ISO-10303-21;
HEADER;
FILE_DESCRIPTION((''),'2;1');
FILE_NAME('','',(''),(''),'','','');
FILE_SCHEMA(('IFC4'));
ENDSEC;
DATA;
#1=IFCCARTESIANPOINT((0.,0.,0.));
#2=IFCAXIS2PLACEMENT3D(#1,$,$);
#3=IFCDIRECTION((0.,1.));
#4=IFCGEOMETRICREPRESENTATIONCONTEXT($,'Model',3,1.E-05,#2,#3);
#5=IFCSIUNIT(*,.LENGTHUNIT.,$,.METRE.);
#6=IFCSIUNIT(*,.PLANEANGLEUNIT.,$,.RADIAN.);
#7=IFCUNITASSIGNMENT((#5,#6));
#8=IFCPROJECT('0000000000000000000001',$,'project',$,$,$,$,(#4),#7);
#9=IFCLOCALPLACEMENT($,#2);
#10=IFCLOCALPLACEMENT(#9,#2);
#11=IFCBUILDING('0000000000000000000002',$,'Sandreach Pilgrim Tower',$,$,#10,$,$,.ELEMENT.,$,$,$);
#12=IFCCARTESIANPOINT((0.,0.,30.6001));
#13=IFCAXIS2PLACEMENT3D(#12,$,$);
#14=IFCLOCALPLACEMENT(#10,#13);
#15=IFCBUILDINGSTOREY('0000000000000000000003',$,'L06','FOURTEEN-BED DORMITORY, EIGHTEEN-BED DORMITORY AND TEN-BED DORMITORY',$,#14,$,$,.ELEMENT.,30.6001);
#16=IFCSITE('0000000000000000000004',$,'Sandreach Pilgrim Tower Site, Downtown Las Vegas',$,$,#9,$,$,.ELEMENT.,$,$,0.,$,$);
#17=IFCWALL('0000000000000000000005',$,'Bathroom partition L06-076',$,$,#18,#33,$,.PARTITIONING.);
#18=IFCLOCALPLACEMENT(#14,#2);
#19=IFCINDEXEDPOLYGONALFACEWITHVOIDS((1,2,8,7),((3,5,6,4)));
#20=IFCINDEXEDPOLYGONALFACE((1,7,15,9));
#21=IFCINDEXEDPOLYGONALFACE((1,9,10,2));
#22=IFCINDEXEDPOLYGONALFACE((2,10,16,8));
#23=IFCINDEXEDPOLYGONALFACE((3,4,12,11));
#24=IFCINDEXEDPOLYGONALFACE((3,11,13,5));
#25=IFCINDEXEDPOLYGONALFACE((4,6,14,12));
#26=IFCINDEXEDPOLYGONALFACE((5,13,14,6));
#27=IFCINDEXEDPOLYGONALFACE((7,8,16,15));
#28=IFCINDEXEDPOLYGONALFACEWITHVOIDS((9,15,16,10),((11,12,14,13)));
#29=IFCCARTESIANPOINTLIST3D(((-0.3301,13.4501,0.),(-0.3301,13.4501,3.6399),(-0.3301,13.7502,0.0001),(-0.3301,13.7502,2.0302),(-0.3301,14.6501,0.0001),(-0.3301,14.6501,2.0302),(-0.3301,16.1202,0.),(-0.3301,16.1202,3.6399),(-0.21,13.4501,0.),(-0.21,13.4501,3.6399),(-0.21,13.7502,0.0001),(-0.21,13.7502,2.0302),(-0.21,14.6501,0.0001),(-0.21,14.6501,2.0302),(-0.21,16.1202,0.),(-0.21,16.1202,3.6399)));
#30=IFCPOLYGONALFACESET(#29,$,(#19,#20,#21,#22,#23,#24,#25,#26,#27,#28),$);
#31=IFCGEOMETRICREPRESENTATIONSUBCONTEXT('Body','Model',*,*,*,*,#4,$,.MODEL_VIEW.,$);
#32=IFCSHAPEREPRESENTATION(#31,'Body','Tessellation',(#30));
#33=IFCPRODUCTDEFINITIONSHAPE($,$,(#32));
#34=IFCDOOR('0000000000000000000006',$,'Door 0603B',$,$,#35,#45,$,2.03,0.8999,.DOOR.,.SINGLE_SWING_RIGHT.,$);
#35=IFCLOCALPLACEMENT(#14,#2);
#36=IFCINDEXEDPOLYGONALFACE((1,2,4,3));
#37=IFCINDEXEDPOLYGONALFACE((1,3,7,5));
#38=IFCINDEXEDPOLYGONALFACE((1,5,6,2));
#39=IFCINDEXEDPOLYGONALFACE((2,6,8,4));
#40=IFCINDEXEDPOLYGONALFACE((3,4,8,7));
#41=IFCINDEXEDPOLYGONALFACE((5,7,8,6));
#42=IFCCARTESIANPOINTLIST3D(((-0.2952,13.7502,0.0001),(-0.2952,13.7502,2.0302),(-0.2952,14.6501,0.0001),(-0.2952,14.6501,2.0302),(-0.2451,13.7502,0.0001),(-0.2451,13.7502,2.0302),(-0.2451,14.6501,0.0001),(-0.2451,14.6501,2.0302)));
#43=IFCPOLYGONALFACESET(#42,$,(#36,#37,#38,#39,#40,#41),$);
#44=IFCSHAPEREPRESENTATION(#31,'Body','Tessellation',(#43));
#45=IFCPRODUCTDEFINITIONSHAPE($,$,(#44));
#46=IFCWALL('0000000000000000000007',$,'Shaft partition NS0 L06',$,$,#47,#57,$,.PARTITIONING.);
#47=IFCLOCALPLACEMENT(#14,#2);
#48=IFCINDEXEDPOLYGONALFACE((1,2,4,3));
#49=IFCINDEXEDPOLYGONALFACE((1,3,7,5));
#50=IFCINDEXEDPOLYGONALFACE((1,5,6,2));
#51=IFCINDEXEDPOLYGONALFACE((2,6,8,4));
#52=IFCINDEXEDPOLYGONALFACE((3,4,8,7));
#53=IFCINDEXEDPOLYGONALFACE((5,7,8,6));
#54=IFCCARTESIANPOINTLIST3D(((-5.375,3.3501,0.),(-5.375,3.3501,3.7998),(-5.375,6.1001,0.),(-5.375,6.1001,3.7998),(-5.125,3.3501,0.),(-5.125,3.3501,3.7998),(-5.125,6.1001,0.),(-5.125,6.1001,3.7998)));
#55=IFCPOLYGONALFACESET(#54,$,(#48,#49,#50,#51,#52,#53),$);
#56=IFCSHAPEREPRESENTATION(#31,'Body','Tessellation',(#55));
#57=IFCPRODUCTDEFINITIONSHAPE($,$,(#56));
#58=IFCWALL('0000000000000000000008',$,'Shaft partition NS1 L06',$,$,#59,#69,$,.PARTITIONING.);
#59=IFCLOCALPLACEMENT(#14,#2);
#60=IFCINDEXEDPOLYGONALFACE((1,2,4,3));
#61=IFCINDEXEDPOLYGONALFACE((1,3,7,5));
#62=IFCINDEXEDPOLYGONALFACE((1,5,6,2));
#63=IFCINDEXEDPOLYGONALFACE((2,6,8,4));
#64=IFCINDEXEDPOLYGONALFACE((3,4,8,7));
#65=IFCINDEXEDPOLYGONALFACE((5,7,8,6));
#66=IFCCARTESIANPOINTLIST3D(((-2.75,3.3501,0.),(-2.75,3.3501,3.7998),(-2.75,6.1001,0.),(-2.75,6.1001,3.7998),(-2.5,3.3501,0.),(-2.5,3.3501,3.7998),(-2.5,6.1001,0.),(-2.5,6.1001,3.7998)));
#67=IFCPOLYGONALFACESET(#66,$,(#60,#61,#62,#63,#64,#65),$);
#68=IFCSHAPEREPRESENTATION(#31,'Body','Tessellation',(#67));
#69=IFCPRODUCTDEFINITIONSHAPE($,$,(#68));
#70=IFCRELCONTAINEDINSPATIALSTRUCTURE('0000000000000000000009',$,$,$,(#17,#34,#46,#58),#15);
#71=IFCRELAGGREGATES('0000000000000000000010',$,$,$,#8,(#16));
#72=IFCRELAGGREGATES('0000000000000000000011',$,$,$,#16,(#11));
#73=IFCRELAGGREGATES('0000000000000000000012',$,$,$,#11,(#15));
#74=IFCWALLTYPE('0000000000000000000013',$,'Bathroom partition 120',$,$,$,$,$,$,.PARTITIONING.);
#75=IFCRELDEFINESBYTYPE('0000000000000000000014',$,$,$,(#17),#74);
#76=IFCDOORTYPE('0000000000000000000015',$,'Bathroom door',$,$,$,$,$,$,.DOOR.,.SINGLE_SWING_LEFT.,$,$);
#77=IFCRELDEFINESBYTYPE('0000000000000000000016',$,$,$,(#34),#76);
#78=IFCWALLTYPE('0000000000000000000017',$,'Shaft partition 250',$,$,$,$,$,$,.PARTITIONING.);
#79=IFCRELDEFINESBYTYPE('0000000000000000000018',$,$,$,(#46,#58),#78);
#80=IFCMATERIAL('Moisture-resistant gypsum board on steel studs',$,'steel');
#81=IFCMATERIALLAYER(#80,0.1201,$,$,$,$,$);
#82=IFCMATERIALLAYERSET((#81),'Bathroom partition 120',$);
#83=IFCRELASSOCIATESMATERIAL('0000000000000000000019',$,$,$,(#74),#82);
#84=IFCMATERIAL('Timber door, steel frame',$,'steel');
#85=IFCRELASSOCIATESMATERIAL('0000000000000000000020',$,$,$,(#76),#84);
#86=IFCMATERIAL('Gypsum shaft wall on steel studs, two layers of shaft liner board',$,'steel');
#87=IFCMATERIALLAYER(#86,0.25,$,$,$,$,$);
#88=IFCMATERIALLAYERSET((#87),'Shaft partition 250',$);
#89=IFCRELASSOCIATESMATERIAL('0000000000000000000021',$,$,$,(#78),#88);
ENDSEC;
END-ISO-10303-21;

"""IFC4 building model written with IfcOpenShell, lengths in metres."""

from ifc_helpers import new_model, si_unit, direction, frame, frame_2d, origin, place, context, subcontext, project, spatial, rectangle, extrude, material, layer, layer_set, type_object, element, fill, save


model = new_model("IFC4")

# Units and contexts
model_context = context("Model", 3, precision=1e-05, world=origin(), true_north=direction((0.0, 1.0)))
body_context = subcontext(model_context, "Body", "Model", "MODEL_VIEW")
ifc_project = project(units=[si_unit("LENGTHUNIT", "METRE"), si_unit("PLANEANGLEUNIT", "RADIAN")], contexts=[model_context])

# Site, building, storey
site_placement = place(None, origin())
site = spatial("IfcSite", under=ifc_project, at=site_placement, Name="Sandreach Pilgrim Tower Site, Downtown Las Vegas", CompositionType="ELEMENT", RefElevation=0.0)
building_placement = place(site_placement, origin())
building = spatial("IfcBuilding", under=site, at=building_placement, Name="Sandreach Pilgrim Tower", CompositionType="ELEMENT")
storey_placement = place(building_placement, frame((0.0, 0.0, 30.6001)))
storey = spatial("IfcBuildingStorey", under=building, at=storey_placement, Name="L06", Description="FOURTEEN-BED DORMITORY, EIGHTEEN-BED DORMITORY AND TEN-BED DORMITORY", CompositionType="ELEMENT", Elevation=30.6001)

# Shared definitions
ifc_material_1 = material(Name="Moisture-resistant gypsum board on steel studs", Category="steel")
ifc_layer_1 = layer(ifc_material_1, 0.1201)
ifc_layer_set_1 = layer_set([ifc_layer_1], Name="Bathroom partition 120")
wall_type_1 = type_object("IfcWallType", Name="Bathroom partition 120", PredefinedType="PARTITIONING", material=ifc_layer_set_1)
ifc_material_2 = material(Name="Timber door, steel frame", Category="steel")
door_type_1 = type_object("IfcDoorType", Name="Bathroom door", OperationType="SINGLE_SWING_LEFT", PredefinedType="DOOR", material=ifc_material_2)

# Wall, opening, door
wall_1_placement = place(storey_placement, frame((-0.27, 16.1201, 0.0), z_axis=(0.0, 0.0, 1.0), x_axis=(0.0, -1.0, 0.0)))
wall_1 = element("IfcWall", 1, at=wall_1_placement, inside=storey, type_object=wall_type_1, Name="Bathroom partition L06-076", PredefinedType="PARTITIONING", context=body_context, shape_type="SweptSolid", body=[
    extrude(rectangle(XDim=2.6702, YDim=0.1201, at=frame_2d((1.335, 0.0))), origin(), (0.0, 0.0, 1.0), 3.6399),
])
opening_1_placement = place(wall_1_placement, frame((1.47, 0.0, 0.0)))
opening_1 = element("IfcOpeningElement", 2, at=opening_1_placement, cuts=wall_1, PredefinedType="OPENING", context=body_context, shape_type="SweptSolid", body=[
    extrude(rectangle(XDim=0.8999, YDim=2.03, at=frame_2d((0.45, 1.0151))), frame((0.0, 0.0601, 0.0), z_axis=(0.0, -1.0, 0.0), x_axis=(1.0, 0.0, 0.0)), (0.0, 0.0, 1.0), 0.1201),
])
door_1_placement = place(opening_1_placement, origin())
door_1 = element("IfcDoor", 3, at=door_1_placement, inside=storey, type_object=door_type_1, Name="Door 0603B", OperationType="SINGLE_SWING_RIGHT", OverallHeight=2.03, OverallWidth=0.8999, PredefinedType="DOOR", context=body_context, shape_type="SweptSolid", body=[
    extrude(rectangle(XDim=0.8999, YDim=2.03, at=frame_2d((0.45, 1.0151))), frame((0.0, 0.0249, 0.0), z_axis=(0.0, -1.0, 0.0), x_axis=(1.0, 0.0, 0.0)), (0.0, 0.0, 1.0), 0.05),
])
fill(opening_1, door_1)

# Walls
ifc_material_3 = material(Name="Gypsum shaft wall on steel studs, two layers of shaft liner board", Category="steel")
ifc_layer_2 = layer(ifc_material_3, 0.25)
ifc_layer_set_2 = layer_set([ifc_layer_2], Name="Shaft partition 250")
wall_type_2 = type_object("IfcWallType", Name="Shaft partition 250", PredefinedType="PARTITIONING", material=ifc_layer_set_2)
for number, where, z_axis, x_axis, name in (
    (4, (-5.25, 3.3501, 0.0), (0.0, 0.0, 1.0), (0.0, 1.0, 0.0), "Shaft partition NS0 L06"),
    (5, (-2.625, 3.3501, 0.0), (0.0, 0.0, 1.0), (0.0, 1.0, 0.0), "Shaft partition NS1 L06"),
):
    element("IfcWall", number, at=place(storey_placement, frame(where, z_axis=z_axis, x_axis=x_axis)), inside=storey, type_object=wall_type_2, Name=name, PredefinedType="PARTITIONING", context=body_context, shape_type="SweptSolid", body=[
        extrude(rectangle(XDim=2.75, YDim=0.25, at=frame_2d((1.375, 0.0))), origin(), (0.0, 0.0, 1.0), 3.7998),
    ])

save(model, "model.ifc")
